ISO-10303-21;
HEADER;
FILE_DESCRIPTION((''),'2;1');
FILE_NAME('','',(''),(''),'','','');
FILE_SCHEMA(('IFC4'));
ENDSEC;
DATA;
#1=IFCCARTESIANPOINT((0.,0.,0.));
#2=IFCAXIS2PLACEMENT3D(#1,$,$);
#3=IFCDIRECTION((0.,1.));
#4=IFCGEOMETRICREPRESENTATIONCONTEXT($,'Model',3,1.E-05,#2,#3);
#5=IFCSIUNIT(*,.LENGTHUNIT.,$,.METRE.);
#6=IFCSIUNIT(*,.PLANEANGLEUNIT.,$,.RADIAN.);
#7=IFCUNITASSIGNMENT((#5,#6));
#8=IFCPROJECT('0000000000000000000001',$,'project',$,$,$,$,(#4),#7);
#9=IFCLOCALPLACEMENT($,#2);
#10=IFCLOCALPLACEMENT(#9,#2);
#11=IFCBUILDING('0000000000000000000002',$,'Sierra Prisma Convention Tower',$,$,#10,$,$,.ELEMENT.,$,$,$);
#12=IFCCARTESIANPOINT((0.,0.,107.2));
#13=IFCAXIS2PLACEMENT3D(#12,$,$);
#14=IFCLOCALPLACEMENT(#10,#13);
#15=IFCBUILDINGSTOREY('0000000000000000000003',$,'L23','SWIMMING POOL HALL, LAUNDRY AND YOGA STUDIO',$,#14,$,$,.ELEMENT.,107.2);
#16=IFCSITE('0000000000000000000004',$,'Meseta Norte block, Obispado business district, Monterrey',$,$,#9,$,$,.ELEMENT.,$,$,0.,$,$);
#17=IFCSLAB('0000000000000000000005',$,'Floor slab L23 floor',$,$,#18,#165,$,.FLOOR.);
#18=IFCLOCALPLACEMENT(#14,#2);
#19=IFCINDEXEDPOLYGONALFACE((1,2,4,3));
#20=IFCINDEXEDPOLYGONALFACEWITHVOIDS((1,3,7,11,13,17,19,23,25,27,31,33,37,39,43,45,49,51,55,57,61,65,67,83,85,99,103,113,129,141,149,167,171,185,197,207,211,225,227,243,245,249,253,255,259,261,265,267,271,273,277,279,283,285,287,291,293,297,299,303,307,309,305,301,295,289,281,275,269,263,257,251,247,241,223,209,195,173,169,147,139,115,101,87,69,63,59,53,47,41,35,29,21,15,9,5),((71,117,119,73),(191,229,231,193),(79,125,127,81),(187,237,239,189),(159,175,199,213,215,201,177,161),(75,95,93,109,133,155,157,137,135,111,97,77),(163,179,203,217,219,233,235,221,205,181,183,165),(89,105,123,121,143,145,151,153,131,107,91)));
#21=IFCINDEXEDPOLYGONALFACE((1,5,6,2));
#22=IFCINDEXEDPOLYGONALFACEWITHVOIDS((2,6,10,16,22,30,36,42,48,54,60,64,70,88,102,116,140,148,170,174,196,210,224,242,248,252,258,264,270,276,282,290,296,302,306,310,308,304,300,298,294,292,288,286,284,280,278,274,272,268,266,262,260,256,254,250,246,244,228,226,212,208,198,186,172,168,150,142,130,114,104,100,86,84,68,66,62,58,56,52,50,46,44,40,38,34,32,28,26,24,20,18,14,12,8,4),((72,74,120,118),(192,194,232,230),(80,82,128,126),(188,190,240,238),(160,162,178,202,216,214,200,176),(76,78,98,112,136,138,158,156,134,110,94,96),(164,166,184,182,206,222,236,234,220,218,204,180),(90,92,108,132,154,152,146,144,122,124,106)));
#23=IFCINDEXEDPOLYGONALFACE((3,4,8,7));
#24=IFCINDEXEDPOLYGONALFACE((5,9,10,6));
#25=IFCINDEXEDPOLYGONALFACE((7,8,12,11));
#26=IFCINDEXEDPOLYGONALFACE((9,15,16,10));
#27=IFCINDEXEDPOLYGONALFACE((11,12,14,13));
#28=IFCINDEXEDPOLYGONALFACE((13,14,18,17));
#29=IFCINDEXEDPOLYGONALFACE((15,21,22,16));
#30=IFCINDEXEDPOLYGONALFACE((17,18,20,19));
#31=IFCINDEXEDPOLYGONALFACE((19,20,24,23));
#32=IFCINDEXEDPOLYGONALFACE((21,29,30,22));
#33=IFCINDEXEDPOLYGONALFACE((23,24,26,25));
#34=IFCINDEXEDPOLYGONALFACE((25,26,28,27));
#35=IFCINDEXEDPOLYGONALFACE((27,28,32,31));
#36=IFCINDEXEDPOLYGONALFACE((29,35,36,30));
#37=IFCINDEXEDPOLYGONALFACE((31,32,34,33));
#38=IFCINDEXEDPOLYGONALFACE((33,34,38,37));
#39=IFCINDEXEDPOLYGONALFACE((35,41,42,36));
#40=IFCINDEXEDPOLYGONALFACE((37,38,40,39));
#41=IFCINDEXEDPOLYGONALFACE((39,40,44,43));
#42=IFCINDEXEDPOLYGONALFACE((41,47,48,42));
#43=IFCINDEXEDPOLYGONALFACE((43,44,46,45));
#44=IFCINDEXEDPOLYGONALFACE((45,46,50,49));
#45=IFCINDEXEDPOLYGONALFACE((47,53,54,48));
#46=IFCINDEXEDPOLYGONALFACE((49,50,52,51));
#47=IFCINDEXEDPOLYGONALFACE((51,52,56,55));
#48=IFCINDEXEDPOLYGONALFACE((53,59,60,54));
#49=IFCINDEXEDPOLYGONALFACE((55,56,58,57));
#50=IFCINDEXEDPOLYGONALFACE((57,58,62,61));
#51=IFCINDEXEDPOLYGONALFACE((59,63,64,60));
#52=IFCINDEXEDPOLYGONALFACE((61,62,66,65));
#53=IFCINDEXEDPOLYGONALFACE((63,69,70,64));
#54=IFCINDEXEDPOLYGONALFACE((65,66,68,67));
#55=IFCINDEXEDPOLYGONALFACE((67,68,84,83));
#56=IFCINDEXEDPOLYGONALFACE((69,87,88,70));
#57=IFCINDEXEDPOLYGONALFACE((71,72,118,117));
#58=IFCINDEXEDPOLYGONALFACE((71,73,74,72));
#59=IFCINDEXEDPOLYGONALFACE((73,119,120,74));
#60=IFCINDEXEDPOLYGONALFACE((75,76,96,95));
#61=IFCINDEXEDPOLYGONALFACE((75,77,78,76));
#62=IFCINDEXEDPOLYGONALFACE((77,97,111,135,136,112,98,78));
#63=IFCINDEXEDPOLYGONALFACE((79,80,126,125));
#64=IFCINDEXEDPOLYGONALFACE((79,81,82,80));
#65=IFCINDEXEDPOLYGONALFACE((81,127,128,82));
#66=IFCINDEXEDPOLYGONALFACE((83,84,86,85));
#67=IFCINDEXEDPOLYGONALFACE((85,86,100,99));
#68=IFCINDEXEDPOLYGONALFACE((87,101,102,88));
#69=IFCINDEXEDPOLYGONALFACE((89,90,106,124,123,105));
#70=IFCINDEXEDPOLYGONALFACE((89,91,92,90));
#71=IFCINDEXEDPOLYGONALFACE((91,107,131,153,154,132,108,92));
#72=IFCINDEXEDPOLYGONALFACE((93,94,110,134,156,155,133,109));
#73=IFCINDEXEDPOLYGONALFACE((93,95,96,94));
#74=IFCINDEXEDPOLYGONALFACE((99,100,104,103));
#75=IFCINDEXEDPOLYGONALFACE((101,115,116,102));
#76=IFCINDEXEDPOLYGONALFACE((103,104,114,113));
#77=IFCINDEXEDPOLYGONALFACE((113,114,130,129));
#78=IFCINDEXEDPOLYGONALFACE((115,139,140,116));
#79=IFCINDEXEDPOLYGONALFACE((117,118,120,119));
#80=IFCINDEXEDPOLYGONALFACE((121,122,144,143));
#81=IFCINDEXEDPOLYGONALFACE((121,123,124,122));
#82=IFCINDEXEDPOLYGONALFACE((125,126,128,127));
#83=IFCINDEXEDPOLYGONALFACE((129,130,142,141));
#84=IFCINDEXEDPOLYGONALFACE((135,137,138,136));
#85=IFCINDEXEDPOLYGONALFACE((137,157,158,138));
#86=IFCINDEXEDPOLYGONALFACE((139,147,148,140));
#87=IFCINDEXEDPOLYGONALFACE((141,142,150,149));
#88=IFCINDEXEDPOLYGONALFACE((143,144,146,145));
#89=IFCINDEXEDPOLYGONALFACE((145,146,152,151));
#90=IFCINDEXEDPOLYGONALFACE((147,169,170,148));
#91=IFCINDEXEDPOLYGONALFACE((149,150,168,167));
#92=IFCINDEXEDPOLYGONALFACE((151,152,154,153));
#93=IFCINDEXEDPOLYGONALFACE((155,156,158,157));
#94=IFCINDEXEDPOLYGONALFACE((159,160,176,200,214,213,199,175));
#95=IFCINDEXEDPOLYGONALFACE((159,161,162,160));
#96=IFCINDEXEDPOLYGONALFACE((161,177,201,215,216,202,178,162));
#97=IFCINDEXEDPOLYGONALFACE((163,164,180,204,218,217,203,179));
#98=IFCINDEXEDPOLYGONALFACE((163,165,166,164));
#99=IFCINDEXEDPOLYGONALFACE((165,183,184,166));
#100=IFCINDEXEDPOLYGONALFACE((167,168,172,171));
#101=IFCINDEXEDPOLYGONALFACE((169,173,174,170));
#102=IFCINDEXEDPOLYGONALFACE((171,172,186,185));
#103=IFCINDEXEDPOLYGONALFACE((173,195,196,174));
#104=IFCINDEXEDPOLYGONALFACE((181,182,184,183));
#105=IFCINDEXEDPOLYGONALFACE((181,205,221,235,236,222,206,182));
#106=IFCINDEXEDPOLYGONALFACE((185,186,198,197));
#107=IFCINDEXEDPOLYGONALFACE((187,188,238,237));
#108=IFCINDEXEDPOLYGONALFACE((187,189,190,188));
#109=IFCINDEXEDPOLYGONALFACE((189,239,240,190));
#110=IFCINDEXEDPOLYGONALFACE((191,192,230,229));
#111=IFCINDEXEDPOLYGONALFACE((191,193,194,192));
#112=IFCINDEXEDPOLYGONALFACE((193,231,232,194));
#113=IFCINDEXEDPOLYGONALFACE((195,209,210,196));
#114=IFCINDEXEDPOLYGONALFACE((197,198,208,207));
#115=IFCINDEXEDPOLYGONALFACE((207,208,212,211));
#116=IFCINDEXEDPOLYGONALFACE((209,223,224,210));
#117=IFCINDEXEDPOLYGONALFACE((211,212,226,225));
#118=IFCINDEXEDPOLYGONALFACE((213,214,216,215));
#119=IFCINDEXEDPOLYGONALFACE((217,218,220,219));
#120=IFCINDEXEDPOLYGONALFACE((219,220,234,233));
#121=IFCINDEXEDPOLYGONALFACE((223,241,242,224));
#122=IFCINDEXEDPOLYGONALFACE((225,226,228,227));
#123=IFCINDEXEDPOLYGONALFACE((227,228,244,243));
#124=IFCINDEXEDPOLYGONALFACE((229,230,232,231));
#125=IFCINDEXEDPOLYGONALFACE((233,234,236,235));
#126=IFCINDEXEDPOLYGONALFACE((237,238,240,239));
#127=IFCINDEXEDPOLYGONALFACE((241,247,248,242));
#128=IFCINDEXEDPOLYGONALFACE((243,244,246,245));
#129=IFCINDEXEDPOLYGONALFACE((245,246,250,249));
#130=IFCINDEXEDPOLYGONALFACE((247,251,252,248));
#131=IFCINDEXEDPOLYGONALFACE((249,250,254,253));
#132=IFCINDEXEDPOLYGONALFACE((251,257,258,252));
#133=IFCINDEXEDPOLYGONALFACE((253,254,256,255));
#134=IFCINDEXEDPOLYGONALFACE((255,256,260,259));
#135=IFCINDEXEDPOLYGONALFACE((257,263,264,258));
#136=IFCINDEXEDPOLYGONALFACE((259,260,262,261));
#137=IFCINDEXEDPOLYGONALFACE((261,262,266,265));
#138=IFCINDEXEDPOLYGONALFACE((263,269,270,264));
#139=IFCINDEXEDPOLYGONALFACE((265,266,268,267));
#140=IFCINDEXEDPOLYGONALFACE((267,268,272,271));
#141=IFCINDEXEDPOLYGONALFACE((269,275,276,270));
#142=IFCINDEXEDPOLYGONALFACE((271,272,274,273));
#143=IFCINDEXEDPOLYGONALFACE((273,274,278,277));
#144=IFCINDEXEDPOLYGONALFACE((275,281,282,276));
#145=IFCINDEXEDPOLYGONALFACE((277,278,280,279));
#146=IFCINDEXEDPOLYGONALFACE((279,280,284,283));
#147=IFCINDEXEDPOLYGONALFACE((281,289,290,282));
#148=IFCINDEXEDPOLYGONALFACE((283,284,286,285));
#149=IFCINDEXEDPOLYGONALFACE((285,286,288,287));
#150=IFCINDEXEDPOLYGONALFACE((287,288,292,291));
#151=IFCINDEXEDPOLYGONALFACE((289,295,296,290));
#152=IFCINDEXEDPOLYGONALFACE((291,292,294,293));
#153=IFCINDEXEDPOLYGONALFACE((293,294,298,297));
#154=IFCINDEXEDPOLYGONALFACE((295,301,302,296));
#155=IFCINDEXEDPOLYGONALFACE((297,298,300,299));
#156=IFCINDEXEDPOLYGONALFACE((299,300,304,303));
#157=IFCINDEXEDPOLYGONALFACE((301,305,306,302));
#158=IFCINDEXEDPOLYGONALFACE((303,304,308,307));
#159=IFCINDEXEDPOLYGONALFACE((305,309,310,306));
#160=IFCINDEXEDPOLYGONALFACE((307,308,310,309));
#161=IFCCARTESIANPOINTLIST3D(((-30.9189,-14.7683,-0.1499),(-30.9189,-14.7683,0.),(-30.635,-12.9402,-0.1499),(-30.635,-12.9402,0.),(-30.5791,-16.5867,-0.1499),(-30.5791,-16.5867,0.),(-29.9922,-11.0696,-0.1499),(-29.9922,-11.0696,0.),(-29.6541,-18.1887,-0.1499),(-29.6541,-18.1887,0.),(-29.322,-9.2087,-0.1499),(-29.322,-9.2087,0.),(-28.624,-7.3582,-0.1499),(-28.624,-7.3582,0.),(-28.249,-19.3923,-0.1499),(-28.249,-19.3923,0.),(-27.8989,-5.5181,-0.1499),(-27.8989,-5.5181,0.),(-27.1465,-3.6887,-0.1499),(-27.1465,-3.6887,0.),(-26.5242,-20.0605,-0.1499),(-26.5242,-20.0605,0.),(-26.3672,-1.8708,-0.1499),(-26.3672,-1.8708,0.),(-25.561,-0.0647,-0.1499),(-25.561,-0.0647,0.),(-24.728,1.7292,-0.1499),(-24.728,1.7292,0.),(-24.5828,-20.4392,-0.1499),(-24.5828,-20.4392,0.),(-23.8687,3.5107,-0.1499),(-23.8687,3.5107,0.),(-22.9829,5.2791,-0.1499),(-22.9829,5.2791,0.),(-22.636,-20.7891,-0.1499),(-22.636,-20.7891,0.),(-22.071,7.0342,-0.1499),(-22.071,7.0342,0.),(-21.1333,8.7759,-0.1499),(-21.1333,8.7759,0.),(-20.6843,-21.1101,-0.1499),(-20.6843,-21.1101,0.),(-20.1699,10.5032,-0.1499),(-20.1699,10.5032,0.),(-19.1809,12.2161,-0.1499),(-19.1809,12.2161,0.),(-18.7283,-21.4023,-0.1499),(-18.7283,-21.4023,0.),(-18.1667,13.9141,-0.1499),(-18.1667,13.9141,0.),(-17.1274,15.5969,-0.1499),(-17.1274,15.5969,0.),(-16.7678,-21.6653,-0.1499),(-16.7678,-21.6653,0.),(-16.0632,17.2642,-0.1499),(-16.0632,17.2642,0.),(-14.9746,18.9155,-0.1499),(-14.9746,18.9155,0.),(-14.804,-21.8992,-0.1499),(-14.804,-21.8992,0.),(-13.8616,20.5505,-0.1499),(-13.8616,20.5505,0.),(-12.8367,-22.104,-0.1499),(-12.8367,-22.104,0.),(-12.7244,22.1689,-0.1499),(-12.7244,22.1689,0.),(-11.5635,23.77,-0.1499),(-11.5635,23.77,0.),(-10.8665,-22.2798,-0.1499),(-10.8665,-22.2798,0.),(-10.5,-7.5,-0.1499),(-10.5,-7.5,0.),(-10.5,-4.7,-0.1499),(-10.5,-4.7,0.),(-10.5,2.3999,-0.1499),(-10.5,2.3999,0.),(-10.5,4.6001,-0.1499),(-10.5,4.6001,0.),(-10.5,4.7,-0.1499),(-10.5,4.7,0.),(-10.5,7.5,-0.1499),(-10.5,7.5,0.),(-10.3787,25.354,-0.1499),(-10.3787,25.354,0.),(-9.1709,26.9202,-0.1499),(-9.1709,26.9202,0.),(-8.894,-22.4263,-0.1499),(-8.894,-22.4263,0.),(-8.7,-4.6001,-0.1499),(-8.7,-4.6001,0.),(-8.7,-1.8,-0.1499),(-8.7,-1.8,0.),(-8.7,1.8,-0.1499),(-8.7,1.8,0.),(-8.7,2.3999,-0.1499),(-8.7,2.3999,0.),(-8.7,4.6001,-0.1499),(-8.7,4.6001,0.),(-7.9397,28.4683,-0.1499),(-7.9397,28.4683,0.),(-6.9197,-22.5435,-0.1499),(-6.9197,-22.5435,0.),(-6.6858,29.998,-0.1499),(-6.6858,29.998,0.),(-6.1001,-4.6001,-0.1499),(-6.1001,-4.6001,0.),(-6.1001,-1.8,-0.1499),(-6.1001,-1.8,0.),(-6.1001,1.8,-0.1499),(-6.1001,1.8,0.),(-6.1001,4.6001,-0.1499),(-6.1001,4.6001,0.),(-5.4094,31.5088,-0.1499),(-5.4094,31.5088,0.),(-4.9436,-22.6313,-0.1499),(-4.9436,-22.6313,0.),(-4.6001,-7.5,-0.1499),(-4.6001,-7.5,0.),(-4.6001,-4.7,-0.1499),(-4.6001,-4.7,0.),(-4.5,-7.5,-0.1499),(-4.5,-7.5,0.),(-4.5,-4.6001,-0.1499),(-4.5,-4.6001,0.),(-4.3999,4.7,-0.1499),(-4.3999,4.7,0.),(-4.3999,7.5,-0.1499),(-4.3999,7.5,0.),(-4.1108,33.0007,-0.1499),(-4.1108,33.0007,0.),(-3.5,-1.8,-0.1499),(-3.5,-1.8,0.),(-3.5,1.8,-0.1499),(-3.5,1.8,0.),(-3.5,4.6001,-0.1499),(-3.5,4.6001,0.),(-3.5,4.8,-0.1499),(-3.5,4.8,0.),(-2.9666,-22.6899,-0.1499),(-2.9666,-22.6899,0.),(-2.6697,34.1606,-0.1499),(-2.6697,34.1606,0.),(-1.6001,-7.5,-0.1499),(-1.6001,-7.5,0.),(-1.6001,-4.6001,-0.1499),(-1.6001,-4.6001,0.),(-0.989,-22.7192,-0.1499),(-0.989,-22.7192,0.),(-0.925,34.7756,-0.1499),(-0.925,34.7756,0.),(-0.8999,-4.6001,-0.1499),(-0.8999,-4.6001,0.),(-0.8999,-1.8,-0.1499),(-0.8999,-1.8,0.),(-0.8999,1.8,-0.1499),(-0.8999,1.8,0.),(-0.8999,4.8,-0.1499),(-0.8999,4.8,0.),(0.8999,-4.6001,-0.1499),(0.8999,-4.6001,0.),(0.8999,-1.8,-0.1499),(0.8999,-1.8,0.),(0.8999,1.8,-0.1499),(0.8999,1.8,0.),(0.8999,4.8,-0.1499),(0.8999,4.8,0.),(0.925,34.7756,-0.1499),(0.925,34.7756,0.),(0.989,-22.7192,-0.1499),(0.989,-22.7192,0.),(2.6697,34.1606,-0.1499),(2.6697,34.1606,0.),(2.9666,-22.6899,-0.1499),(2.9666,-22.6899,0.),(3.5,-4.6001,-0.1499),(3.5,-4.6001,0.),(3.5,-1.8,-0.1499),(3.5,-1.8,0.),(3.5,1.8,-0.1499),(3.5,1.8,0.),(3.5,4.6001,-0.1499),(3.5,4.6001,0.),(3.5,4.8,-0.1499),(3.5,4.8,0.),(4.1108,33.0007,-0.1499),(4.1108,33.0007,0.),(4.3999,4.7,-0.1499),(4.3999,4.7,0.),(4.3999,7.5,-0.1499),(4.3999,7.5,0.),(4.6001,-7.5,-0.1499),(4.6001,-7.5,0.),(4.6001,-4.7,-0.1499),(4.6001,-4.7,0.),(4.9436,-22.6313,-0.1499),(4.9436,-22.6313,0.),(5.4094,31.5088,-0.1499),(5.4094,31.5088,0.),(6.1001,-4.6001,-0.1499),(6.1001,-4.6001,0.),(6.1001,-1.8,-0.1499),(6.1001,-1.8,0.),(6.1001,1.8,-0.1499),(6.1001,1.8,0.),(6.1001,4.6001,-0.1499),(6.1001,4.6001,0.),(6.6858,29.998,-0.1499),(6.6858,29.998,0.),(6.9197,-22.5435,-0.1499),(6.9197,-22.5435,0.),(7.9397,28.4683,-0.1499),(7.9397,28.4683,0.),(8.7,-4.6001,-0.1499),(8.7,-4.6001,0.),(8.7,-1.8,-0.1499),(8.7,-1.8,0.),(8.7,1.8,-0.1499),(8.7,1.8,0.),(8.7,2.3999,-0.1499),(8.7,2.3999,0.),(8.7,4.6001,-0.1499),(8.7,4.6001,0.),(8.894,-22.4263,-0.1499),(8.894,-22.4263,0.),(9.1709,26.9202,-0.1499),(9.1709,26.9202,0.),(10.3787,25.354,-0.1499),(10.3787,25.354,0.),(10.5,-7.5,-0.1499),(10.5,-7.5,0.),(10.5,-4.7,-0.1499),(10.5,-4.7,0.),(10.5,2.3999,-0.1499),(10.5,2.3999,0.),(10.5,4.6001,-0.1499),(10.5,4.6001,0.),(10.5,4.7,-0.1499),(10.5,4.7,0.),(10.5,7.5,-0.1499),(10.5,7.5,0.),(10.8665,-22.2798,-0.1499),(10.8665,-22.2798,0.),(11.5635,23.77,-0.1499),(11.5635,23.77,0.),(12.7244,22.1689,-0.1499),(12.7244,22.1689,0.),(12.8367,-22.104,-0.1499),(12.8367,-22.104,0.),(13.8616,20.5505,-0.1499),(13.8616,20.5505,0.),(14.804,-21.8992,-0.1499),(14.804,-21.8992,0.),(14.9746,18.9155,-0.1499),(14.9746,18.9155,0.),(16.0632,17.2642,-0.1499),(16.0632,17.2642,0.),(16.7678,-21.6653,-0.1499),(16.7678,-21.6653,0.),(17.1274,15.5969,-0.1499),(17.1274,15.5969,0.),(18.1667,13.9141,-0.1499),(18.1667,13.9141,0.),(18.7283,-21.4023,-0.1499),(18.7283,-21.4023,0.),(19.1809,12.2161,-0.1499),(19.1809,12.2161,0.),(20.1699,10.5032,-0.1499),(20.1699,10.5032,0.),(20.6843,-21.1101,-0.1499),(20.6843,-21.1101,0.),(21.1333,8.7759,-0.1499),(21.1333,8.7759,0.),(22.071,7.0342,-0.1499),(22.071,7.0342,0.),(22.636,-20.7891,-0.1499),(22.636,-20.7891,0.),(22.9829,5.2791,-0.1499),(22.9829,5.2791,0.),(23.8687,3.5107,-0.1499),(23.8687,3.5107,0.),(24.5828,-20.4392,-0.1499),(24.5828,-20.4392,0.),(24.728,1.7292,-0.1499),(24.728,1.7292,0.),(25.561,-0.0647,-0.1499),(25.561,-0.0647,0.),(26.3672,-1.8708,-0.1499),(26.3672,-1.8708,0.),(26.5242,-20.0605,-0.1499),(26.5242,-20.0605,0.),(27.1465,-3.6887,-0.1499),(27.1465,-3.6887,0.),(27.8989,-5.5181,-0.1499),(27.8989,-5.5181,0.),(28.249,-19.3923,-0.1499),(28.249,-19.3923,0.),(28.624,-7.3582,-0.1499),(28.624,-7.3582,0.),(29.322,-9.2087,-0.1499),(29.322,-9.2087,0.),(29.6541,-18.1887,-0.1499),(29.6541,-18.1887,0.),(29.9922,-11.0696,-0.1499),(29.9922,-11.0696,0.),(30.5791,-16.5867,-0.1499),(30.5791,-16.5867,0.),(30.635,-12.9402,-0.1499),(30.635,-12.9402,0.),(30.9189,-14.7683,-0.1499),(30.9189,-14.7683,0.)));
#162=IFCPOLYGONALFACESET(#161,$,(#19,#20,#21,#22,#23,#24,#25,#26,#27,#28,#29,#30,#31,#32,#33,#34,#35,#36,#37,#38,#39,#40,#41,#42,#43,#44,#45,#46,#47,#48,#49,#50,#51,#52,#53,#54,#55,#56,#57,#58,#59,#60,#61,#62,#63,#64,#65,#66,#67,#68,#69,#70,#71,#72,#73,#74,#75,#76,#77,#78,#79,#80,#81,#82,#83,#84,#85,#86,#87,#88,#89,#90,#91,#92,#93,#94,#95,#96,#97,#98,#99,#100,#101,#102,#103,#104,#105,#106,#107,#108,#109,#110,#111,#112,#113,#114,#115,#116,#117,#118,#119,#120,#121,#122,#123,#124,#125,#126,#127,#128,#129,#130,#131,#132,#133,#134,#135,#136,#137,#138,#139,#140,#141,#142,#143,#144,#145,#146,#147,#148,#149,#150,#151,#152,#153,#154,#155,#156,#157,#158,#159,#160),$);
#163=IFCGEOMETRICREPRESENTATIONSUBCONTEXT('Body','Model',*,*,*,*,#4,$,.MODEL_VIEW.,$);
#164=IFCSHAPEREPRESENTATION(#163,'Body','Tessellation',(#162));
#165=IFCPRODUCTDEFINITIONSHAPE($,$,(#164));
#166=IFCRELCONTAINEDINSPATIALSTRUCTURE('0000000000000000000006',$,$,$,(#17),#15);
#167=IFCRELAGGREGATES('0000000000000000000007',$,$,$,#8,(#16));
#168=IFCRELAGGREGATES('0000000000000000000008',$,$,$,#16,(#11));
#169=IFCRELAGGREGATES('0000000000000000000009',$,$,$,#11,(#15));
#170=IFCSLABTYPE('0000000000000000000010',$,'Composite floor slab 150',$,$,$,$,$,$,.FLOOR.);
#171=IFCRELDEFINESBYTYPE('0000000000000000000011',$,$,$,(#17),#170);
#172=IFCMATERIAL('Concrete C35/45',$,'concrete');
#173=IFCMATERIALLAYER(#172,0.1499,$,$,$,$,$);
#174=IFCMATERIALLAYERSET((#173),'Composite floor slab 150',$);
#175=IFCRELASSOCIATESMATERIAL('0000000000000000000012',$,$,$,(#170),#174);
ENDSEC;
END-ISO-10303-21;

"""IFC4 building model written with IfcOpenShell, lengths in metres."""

from ifc_helpers import new_model, si_unit, direction, frame, origin, place, context, subcontext, project, spatial, polyline, outline, extrude, material, layer, layer_set, type_object, element, save


model = new_model("IFC4")

# Units and contexts
model_context = context("Model", 3, precision=1e-05, world=origin(), true_north=direction((0.0, 1.0)))
body_context = subcontext(model_context, "Body", "Model", "MODEL_VIEW")
ifc_project = project(units=[si_unit("LENGTHUNIT", "METRE"), si_unit("PLANEANGLEUNIT", "RADIAN")], contexts=[model_context])

# Site, building, storey
site_placement = place(None, origin())
site = spatial("IfcSite", under=ifc_project, at=site_placement, Name="Meseta Norte block, Obispado business district, Monterrey", CompositionType="ELEMENT", RefElevation=0.0)
building_placement = place(site_placement, origin())
building = spatial("IfcBuilding", under=site, at=building_placement, Name="Sierra Prisma Convention Tower", CompositionType="ELEMENT")
storey_placement = place(building_placement, frame((0.0, 0.0, 107.2)))
storey = spatial("IfcBuildingStorey", under=building, at=storey_placement, Name="L23", Description="SWIMMING POOL HALL, LAUNDRY AND YOGA STUDIO", CompositionType="ELEMENT", Elevation=107.2)

# Slab
ifc_material_1 = material(Name="Concrete C35/45", Category="concrete")
ifc_layer_1 = layer(ifc_material_1, 0.1499)
ifc_layer_set_1 = layer_set([ifc_layer_1], Name="Composite floor slab 150")
slab_type = type_object("IfcSlabType", Name="Composite floor slab 150", PredefinedType="FLOOR", material=ifc_layer_set_1)
slab_placement = place(storey_placement, frame((0.0, 0.0, -0.1499)))
element("IfcSlab", 1, at=slab_placement, inside=storey, type_object=slab_type, Name="Floor slab L23 floor", PredefinedType="FLOOR", context=body_context, shape_type="SweptSolid", body=[
    extrude(outline(polyline([(-26.5242, -20.0605), (-24.5828, -20.4392), (-22.636, -20.7891), (-20.6843, -21.1101), (-18.7283, -21.4023), (-16.7678, -21.6653), (-14.804, -21.8992), (-12.8367, -22.104), (-10.8665, -22.2798), (-8.894, -22.4263), (-6.9197, -22.5435), (-4.9436, -22.6313), (-2.9666, -22.6899), (-0.989, -22.7192), (0.989, -22.7192), (2.9666, -22.6899), (4.9436, -22.6313), (6.9197, -22.5435), (8.894, -22.4263), (10.8665, -22.2798), (12.8367, -22.104), (14.804, -21.8992), (16.7678, -21.6653), (18.7283, -21.4023), (20.6843, -21.1101), (22.636, -20.7891), (24.5828, -20.4392), (26.5242, -20.0605), (28.249, -19.3923), (29.6541, -18.1887), (30.5791, -16.5867), (30.9189, -14.7683), (30.635, -12.9402), (29.9922, -11.0696), (29.322, -9.2087), (28.624, -7.3582), (27.8989, -5.5181), (27.1465, -3.6887), (26.3672, -1.8708), (25.561, -0.0647), (24.728, 1.7292), (23.8687, 3.5107), (22.9829, 5.2791), (22.071, 7.0342), (21.1333, 8.7759), (20.1699, 10.5032), (19.1809, 12.2161), (18.1667, 13.9141), (17.1274, 15.5969), (16.0632, 17.2642), (14.9746, 18.9155), (13.8616, 20.5505), (12.7244, 22.1689), (11.5635, 23.77), (10.3787, 25.354), (9.1709, 26.9202), (7.9397, 28.4683), (6.6858, 29.998), (5.4094, 31.5088), (4.1108, 33.0007), (2.6697, 34.1606), (0.925, 34.7756), (-0.925, 34.7756), (-2.6697, 34.1606), (-4.1108, 33.0007), (-5.4094, 31.5088), (-6.6858, 29.998), (-7.9397, 28.4683), (-9.1709, 26.9202), (-10.3787, 25.354), (-11.5635, 23.77), (-12.7244, 22.1689), (-13.8616, 20.5505), (-14.9746, 18.9155), (-16.0632, 17.2642), (-17.1274, 15.5969), (-18.1667, 13.9141), (-19.1809, 12.2161), (-20.1699, 10.5032), (-21.1333, 8.7759), (-22.071, 7.0342), (-22.9829, 5.2791), (-23.8687, 3.5107), (-24.728, 1.7292), (-25.561, -0.0647), (-26.3672, -1.8708), (-27.1465, -3.6887), (-27.8989, -5.5181), (-28.624, -7.3582), (-29.322, -9.2087), (-29.9922, -11.0696), (-30.635, -12.9402), (-30.9189, -14.7683), (-30.5791, -16.5867), (-29.6541, -18.1887), (-28.249, -19.3923), (-26.5242, -20.0605)]), holes=[polyline([(-4.6001, -7.5), (-10.5, -7.5), (-10.5, -4.7), (-4.6001, -4.7), (-4.6001, -7.5)]), polyline([(-8.7, -4.6001), (-8.7, -1.8), (-6.1001, -1.8), (-3.5, -1.8), (-0.8999, -1.8), (-0.8999, -4.6001), (-1.6001, -4.6001), (-1.6001, -7.5), (-4.5, -7.5), (-4.5, -4.6001), (-6.1001, -4.6001), (-8.7, -4.6001)]), polyline([(-10.5, 4.6001), (-8.7, 4.6001), (-6.1001, 4.6001), (-3.5, 4.6001), (-3.5, 4.8), (-0.8999, 4.8), (-0.8999, 1.8), (-3.5, 1.8), (-6.1001, 1.8), (-8.7, 1.8), (-8.7, 2.3999), (-10.5, 2.3999), (-10.5, 4.6001)]), polyline([(-4.3999, 4.7), (-10.5, 4.7), (-10.5, 7.5), (-4.3999, 7.5), (-4.3999, 4.7)]), polyline([(10.5, -7.5), (4.6001, -7.5), (4.6001, -4.7), (10.5, -4.7), (10.5, -7.5)]), polyline([(6.1001, -1.8), (8.7, -1.8), (8.7, -4.6001), (6.1001, -4.6001), (3.5, -4.6001), (0.8999, -4.6001), (0.8999, -1.8), (3.5, -1.8), (6.1001, -1.8)]), polyline([(10.5, 4.6001), (10.5, 2.3999), (8.7, 2.3999), (8.7, 1.8), (6.1001, 1.8), (3.5, 1.8), (0.8999, 1.8), (0.8999, 4.8), (3.5, 4.8), (3.5, 4.6001), (6.1001, 4.6001), (8.7, 4.6001), (10.5, 4.6001)]), polyline([(4.3999, 4.7), (4.3999, 7.5), (10.5, 7.5), (10.5, 4.7), (4.3999, 4.7)])]), origin(), (0.0, 0.0, 1.0), 0.1499),
])

save(model, "model.ifc")
